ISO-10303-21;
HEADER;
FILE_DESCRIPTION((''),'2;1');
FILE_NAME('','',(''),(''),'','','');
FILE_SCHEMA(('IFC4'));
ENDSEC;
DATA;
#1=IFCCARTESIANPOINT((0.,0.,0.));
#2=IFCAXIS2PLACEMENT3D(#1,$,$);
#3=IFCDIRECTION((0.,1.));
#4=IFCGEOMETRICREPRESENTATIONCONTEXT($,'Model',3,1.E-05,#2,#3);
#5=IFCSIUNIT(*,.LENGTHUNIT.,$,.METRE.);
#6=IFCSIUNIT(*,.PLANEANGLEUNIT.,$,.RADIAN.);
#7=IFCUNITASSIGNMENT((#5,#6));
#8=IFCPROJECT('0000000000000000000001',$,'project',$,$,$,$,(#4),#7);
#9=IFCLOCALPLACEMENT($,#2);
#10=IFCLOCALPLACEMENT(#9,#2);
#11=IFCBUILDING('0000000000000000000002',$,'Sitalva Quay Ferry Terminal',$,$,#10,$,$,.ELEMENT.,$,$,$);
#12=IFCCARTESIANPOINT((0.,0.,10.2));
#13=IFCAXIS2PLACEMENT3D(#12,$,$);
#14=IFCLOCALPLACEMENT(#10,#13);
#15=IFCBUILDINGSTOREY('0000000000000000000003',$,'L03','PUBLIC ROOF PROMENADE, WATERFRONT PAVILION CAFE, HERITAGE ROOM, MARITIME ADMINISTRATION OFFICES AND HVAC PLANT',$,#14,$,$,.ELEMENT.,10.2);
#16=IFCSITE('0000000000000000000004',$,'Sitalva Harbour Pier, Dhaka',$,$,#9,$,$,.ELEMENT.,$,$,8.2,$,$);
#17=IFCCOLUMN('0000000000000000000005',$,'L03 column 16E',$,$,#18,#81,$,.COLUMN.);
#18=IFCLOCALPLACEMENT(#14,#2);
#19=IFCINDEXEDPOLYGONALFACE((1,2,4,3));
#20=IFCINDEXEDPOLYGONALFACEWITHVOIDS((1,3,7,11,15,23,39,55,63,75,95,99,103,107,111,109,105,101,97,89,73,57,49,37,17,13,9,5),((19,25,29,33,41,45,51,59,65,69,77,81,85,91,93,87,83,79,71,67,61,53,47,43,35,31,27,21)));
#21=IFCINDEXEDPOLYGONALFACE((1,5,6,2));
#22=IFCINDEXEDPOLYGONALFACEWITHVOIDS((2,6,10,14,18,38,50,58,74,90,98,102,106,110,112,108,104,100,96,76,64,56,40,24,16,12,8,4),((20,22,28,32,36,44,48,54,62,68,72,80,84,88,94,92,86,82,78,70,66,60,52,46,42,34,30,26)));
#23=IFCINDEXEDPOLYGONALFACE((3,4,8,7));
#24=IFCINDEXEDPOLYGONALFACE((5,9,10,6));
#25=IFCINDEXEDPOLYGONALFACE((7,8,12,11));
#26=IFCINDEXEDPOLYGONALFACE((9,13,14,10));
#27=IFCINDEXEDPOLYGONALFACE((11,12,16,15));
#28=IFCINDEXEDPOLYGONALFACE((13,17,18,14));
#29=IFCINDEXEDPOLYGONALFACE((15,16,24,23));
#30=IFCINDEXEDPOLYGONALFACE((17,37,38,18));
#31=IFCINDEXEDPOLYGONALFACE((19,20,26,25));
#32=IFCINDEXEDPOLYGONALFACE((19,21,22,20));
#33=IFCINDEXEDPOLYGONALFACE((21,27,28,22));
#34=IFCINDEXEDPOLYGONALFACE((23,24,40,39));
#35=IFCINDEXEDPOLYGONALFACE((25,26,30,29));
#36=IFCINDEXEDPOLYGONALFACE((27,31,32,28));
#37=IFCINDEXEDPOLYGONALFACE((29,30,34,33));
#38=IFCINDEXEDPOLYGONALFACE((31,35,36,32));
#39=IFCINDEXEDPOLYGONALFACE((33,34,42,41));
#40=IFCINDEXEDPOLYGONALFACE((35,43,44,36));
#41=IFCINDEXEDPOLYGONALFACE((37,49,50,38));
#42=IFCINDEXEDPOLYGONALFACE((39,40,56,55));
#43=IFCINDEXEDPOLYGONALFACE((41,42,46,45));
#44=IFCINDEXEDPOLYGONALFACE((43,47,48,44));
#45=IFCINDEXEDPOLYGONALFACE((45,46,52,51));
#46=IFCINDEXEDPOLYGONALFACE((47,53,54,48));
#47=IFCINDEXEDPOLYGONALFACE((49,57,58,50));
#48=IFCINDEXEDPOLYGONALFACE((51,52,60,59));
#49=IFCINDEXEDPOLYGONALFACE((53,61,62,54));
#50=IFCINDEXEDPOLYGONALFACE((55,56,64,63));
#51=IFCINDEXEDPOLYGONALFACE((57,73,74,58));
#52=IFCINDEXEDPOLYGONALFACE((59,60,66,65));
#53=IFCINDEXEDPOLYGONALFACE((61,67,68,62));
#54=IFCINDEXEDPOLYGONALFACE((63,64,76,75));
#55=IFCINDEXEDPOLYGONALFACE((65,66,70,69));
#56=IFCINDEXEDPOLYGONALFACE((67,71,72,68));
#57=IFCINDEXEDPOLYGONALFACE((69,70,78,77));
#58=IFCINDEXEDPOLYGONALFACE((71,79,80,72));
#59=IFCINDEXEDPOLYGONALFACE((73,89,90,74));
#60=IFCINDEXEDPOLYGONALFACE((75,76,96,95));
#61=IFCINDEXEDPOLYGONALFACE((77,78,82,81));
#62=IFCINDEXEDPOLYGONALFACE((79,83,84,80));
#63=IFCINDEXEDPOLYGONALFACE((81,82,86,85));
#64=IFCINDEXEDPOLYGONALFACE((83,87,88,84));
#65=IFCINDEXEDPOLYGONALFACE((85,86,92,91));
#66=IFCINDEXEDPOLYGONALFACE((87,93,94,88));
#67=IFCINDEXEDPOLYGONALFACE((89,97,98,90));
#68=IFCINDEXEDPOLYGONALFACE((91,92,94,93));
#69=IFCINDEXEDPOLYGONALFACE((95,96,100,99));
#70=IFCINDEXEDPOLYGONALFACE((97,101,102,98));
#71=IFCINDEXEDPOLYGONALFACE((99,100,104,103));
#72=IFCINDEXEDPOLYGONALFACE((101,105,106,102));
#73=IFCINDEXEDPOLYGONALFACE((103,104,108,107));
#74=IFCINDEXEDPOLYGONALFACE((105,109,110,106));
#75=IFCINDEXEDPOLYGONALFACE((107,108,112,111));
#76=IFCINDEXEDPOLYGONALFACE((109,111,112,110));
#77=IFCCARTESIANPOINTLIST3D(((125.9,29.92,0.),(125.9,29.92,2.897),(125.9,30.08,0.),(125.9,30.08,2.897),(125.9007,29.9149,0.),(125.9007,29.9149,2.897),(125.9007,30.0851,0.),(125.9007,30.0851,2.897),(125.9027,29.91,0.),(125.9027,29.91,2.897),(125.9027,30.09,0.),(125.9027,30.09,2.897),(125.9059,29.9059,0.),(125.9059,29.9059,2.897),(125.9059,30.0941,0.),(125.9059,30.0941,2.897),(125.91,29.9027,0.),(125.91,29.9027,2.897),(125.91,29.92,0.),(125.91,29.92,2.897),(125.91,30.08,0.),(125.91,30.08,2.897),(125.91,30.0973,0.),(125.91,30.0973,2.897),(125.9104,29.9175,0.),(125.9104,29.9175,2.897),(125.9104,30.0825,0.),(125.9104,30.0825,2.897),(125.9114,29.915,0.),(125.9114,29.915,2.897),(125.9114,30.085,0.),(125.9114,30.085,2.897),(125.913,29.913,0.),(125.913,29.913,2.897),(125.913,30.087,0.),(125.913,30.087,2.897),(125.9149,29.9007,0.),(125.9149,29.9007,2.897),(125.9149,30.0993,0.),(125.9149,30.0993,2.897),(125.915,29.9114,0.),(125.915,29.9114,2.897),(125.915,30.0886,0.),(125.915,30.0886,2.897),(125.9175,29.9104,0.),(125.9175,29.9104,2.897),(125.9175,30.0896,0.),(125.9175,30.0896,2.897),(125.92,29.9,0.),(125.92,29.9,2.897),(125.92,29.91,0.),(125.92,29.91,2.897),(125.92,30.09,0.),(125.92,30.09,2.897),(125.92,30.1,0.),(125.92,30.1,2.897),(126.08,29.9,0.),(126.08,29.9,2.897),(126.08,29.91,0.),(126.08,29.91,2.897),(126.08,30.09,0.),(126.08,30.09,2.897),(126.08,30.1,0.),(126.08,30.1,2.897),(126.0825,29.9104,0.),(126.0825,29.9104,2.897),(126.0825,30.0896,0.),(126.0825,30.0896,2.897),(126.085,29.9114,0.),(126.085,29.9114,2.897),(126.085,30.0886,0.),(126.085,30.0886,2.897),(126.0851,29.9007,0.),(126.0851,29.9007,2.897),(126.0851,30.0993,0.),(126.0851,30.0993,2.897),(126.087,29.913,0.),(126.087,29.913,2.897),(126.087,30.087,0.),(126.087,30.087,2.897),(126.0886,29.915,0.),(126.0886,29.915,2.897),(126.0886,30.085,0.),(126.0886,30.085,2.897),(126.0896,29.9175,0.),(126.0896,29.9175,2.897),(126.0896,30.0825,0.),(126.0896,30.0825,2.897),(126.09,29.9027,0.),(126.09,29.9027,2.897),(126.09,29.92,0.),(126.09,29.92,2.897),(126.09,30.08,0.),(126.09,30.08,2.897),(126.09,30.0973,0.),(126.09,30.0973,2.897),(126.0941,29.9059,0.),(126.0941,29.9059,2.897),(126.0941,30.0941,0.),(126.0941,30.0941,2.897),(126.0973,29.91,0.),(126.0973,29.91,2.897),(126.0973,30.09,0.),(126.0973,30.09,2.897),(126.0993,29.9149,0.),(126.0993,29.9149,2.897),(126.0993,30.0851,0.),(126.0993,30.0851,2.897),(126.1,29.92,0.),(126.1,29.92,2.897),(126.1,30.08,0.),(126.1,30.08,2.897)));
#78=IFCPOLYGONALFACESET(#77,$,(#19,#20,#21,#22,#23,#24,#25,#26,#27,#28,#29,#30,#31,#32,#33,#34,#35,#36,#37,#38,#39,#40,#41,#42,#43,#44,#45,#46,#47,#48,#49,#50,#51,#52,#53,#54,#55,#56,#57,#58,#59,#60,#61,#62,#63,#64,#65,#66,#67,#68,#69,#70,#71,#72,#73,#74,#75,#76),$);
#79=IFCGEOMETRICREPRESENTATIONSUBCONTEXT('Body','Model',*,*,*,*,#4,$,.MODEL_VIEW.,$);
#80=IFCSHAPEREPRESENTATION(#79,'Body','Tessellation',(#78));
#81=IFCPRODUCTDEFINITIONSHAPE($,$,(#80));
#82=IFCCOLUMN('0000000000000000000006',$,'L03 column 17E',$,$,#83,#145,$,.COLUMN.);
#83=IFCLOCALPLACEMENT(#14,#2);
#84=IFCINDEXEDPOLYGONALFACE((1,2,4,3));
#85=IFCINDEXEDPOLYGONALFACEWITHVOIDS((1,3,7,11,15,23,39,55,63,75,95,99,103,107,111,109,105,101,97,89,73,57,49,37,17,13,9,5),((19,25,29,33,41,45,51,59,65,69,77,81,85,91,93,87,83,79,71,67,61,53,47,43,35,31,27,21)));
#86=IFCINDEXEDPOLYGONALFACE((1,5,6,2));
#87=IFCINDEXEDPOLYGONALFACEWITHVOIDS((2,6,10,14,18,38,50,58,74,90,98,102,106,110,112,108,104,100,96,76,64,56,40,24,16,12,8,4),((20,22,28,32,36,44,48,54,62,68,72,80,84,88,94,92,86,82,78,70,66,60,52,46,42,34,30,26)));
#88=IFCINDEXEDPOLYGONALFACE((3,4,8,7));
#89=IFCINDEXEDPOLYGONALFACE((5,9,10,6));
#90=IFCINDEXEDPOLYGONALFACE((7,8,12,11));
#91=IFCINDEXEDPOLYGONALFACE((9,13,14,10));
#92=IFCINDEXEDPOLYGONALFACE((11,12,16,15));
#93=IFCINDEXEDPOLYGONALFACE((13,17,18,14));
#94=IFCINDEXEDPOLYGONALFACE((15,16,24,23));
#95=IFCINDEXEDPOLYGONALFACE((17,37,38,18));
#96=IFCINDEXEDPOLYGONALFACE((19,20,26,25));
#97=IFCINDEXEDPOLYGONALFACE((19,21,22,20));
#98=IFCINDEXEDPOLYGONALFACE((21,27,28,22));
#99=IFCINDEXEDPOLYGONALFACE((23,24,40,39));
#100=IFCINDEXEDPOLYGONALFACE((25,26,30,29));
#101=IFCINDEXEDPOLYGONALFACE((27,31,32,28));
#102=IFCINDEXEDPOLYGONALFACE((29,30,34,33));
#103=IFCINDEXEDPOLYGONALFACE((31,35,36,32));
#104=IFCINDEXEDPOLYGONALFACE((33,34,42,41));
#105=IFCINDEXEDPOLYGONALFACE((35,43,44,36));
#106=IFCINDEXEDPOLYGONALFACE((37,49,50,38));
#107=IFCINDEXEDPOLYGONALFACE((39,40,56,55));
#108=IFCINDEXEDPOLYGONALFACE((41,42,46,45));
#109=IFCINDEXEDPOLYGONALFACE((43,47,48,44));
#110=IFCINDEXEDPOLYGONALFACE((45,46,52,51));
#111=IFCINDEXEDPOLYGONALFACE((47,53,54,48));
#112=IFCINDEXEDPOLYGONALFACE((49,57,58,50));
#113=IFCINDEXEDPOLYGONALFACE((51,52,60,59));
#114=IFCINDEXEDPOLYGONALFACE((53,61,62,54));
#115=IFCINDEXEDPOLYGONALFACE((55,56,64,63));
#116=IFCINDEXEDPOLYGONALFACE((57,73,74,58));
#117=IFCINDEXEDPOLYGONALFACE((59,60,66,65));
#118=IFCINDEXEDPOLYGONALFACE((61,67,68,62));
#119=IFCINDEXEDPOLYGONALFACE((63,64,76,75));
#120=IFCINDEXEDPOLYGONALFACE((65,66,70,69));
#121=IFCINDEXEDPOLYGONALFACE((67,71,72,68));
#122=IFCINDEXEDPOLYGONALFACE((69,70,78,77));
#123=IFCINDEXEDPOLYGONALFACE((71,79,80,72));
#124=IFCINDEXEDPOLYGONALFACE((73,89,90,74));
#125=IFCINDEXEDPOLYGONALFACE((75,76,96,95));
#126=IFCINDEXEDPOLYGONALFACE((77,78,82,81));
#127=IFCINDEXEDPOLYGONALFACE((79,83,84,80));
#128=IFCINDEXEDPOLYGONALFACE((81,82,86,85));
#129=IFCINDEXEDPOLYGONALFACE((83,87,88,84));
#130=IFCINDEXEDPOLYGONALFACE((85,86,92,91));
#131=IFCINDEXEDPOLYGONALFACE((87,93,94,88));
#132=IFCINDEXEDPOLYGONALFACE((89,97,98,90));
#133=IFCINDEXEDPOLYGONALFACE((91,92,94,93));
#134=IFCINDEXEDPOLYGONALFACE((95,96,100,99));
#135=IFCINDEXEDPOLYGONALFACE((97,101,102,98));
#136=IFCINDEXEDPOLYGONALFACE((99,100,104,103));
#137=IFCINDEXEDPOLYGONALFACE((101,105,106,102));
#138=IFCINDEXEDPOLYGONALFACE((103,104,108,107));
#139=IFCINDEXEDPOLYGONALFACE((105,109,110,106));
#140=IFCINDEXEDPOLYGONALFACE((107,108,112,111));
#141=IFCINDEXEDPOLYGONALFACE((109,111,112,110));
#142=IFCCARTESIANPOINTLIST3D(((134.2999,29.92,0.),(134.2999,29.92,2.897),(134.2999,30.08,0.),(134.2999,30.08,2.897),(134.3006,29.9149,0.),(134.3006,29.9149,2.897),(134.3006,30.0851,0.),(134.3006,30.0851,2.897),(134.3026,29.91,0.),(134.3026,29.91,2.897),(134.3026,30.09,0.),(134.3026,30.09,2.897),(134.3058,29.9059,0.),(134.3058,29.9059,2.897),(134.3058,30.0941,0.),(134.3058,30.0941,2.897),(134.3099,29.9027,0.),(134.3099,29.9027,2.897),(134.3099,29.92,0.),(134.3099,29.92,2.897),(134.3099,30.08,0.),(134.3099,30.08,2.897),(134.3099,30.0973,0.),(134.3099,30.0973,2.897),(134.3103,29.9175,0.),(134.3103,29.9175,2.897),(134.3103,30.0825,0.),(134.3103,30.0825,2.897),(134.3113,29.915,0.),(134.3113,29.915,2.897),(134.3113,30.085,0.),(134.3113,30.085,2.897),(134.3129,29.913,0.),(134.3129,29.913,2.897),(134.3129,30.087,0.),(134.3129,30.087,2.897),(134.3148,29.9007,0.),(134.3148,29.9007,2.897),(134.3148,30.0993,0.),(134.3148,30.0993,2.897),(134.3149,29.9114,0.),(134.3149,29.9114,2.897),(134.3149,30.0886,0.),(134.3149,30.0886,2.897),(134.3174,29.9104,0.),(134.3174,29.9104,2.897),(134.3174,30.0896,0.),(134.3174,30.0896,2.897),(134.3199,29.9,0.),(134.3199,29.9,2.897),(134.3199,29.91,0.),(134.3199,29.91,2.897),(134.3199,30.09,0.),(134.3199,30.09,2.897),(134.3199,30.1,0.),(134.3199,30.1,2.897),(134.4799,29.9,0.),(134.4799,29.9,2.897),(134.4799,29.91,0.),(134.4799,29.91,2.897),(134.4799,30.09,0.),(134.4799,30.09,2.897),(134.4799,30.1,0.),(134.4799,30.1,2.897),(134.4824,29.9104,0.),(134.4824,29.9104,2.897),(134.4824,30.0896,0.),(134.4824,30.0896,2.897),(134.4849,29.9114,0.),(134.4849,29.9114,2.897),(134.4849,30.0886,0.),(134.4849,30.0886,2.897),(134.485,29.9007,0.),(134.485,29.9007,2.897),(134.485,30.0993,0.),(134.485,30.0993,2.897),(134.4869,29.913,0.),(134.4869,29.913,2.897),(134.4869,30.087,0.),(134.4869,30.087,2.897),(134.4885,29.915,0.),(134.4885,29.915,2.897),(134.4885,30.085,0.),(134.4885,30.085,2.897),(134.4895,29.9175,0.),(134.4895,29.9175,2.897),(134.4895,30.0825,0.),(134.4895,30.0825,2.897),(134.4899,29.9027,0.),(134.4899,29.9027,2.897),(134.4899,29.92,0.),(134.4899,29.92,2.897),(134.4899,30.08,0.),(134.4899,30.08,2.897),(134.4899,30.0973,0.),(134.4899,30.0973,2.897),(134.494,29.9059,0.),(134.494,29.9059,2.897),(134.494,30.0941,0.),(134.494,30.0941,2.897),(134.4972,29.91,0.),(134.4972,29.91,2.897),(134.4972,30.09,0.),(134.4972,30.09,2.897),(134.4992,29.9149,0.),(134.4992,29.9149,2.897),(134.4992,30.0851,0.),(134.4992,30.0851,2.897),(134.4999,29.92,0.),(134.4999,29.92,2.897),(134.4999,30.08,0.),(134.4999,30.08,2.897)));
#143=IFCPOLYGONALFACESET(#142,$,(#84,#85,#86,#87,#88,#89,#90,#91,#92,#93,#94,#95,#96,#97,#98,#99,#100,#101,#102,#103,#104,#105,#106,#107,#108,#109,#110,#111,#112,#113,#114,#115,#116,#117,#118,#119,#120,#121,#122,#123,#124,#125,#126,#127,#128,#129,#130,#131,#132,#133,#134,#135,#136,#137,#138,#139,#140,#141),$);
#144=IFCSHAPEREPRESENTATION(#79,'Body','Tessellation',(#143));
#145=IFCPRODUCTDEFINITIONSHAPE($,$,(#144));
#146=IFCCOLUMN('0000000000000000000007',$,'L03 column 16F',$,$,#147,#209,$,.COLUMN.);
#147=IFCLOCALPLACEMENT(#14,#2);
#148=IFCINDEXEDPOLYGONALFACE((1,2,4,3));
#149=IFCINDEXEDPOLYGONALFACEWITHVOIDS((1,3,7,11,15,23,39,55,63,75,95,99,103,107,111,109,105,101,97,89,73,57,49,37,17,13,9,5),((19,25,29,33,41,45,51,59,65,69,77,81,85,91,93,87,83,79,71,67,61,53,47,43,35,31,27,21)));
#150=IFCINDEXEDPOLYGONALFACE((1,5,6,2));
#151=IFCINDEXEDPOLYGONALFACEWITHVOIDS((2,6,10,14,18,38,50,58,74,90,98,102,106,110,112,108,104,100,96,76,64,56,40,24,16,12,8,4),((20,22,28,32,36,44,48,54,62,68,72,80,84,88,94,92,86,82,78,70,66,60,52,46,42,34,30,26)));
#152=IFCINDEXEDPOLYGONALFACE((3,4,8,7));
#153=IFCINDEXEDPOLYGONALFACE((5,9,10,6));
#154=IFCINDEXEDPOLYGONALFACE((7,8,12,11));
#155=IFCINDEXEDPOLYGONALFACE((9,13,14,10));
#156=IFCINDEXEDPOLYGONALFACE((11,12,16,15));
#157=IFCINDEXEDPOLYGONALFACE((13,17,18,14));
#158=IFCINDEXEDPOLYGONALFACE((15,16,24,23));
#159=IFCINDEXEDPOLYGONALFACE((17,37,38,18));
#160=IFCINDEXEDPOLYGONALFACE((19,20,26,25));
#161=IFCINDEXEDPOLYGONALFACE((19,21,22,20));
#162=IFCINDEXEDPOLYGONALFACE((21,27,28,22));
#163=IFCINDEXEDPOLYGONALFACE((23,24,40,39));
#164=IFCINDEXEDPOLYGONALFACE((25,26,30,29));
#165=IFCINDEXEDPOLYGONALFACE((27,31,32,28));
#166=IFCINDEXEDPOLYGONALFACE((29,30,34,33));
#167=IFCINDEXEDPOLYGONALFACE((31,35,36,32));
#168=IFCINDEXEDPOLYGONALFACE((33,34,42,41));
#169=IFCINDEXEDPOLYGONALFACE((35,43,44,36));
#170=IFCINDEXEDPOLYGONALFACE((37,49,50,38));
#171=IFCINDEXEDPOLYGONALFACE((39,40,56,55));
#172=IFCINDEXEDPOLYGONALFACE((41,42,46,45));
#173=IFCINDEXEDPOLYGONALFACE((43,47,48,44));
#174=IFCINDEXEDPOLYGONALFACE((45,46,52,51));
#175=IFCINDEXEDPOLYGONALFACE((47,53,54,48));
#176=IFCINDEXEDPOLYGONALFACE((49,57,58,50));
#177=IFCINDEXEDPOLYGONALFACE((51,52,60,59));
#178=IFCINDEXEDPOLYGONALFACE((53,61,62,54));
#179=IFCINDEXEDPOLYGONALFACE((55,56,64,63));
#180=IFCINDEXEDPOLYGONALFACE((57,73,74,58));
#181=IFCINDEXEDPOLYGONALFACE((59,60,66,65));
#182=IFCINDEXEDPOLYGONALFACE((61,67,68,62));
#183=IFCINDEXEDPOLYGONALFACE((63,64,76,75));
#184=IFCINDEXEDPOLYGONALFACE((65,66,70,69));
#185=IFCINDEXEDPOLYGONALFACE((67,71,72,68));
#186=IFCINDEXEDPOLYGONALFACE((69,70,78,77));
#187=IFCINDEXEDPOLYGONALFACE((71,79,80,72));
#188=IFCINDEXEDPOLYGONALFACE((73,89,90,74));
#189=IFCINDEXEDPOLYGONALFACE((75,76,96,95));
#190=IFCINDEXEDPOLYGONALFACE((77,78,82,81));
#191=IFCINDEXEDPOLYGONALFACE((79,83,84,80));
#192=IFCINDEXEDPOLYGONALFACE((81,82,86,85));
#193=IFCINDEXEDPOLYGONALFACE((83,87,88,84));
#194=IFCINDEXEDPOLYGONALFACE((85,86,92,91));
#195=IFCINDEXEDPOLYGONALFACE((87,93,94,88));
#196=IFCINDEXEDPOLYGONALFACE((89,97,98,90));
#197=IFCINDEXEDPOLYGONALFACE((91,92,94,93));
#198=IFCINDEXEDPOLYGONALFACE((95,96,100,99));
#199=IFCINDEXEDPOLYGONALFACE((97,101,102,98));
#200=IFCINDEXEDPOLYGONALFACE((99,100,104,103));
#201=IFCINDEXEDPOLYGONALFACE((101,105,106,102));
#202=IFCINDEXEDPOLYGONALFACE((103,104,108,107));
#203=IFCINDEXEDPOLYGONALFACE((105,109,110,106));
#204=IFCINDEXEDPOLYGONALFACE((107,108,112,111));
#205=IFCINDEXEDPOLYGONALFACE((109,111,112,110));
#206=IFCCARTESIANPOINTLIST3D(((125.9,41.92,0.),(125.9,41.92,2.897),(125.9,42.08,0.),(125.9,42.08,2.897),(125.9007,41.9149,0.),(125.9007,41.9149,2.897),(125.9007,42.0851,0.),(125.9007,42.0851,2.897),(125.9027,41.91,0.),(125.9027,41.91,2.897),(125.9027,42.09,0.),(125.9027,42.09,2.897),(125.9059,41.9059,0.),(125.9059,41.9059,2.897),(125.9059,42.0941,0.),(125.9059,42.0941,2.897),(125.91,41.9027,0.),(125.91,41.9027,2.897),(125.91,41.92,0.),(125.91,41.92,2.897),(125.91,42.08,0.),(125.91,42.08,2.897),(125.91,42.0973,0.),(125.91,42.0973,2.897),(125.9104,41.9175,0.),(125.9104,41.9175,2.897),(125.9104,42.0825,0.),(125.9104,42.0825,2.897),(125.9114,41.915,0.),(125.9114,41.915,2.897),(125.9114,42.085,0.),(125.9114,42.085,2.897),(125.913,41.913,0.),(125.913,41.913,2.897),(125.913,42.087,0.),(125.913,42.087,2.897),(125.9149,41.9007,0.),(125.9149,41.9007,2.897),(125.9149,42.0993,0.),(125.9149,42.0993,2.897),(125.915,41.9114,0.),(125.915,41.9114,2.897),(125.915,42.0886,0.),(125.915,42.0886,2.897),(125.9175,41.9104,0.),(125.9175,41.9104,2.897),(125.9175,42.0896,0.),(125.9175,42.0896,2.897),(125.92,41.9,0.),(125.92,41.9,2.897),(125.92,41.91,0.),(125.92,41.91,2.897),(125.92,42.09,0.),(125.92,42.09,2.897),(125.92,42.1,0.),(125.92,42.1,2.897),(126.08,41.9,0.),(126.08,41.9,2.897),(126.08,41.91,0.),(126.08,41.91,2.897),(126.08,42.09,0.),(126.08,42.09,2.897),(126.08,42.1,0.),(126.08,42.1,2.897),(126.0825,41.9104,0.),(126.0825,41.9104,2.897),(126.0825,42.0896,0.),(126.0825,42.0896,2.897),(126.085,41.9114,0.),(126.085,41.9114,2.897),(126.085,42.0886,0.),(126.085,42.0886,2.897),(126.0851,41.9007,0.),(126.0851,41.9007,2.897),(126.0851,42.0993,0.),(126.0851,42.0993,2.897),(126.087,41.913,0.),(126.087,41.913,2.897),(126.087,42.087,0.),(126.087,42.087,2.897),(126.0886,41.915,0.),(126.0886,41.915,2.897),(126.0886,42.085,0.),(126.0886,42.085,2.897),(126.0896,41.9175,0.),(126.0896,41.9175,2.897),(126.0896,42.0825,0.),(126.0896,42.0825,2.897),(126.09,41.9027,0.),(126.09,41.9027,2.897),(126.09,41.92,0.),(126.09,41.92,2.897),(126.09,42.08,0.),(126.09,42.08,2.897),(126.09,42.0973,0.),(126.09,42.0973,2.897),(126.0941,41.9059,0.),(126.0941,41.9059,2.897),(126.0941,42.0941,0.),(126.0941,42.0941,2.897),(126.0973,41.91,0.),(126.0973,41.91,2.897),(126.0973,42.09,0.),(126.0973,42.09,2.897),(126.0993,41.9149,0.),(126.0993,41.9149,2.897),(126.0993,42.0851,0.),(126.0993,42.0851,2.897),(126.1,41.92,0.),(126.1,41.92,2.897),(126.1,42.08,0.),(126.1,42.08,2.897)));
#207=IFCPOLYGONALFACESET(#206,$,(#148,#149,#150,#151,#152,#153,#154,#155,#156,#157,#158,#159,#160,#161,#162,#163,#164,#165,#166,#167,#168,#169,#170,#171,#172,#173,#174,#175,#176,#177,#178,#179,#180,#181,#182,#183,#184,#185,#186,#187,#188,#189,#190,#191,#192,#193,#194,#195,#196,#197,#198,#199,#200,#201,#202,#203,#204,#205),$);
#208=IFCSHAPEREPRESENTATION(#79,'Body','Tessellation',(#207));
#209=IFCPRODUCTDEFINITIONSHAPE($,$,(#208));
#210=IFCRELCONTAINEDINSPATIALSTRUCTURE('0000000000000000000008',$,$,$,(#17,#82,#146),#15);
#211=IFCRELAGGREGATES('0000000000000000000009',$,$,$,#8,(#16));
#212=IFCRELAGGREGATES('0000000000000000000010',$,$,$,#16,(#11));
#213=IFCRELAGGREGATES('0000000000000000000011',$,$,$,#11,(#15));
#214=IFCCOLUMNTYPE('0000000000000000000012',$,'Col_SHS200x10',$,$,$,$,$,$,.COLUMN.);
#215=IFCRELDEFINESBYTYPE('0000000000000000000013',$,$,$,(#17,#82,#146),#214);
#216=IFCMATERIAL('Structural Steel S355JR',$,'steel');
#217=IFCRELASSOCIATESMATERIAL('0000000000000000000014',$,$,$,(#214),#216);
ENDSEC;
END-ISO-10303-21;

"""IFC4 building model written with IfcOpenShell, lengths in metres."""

from ifc_helpers import new_model, si_unit, direction, frame, origin, origin_2d, place, context, subcontext, project, spatial, hollow_rectangle, extrude, material, material_profile, profile_set, type_object, element, save


model = new_model("IFC4")

# Units and contexts
model_context = context("Model", 3, precision=1e-05, world=origin(), true_north=direction((0.0, 1.0)))
body_context = subcontext(model_context, "Body", "Model", "MODEL_VIEW")
ifc_project = project(units=[si_unit("LENGTHUNIT", "METRE"), si_unit("PLANEANGLEUNIT", "RADIAN")], contexts=[model_context])

# Site, building, storey
site_placement = place(None, origin())
site = spatial("IfcSite", under=ifc_project, at=site_placement, Name="Sitalva Harbour Pier, Dhaka", CompositionType="ELEMENT", RefElevation=8.2)
building_placement = place(site_placement, origin())
building = spatial("IfcBuilding", under=site, at=building_placement, Name="Sitalva Quay Ferry Terminal", CompositionType="ELEMENT")
storey_placement = place(building_placement, frame((0.0, 0.0, 10.2)))
storey = spatial("IfcBuildingStorey", under=building, at=storey_placement, Name="L03", Description="PUBLIC ROOF PROMENADE, WATERFRONT PAVILION CAFE, HERITAGE ROOM, MARITIME ADMINISTRATION OFFICES AND HVAC PLANT", CompositionType="ELEMENT", Elevation=10.2)

# Columns
ifc_material_1 = material(Name="Structural Steel S355JR", Category="steel")
ifc_material_profile_1 = material_profile(ifc_material_1, hollow_rectangle(XDim=0.2, YDim=0.2, WallThickness=0.01, InnerFilletRadius=0.01, OuterFilletRadius=0.02, at=origin_2d()), Name="SHS200x200x10")
ifc_profile_set_1 = profile_set([ifc_material_profile_1], Name="Structural Steel S355JR")
column_type = type_object("IfcColumnType", Name="Col_SHS200x10", PredefinedType="COLUMN", material=ifc_profile_set_1)
for number, where, z_axis, x_axis, name in (
    (1, (126.0, 30.0, 0.0), (0.0, 0.0, 1.0), (1.0, 0.0, 0.0), "L03 column 16E"),
    (2, (134.3999, 30.0, 0.0), (0.0, 0.0, 1.0), (1.0, 0.0, 0.0), "L03 column 17E"),
    (3, (126.0, 42.0, 0.0), (0.0, 0.0, 1.0), (1.0, 0.0, 0.0), "L03 column 16F"),
):
    element("IfcColumn", number, at=place(storey_placement, frame(where, z_axis=z_axis, x_axis=x_axis)), inside=storey, type_object=column_type, Name=name, PredefinedType="COLUMN", context=body_context, shape_type="SweptSolid", body=[
        extrude(hollow_rectangle(XDim=0.2, YDim=0.2, WallThickness=0.01, InnerFilletRadius=0.01, OuterFilletRadius=0.02, at=origin_2d()), origin(), (0.0, 0.0, 1.0), 2.897),
    ])

save(model, "model.ifc")
